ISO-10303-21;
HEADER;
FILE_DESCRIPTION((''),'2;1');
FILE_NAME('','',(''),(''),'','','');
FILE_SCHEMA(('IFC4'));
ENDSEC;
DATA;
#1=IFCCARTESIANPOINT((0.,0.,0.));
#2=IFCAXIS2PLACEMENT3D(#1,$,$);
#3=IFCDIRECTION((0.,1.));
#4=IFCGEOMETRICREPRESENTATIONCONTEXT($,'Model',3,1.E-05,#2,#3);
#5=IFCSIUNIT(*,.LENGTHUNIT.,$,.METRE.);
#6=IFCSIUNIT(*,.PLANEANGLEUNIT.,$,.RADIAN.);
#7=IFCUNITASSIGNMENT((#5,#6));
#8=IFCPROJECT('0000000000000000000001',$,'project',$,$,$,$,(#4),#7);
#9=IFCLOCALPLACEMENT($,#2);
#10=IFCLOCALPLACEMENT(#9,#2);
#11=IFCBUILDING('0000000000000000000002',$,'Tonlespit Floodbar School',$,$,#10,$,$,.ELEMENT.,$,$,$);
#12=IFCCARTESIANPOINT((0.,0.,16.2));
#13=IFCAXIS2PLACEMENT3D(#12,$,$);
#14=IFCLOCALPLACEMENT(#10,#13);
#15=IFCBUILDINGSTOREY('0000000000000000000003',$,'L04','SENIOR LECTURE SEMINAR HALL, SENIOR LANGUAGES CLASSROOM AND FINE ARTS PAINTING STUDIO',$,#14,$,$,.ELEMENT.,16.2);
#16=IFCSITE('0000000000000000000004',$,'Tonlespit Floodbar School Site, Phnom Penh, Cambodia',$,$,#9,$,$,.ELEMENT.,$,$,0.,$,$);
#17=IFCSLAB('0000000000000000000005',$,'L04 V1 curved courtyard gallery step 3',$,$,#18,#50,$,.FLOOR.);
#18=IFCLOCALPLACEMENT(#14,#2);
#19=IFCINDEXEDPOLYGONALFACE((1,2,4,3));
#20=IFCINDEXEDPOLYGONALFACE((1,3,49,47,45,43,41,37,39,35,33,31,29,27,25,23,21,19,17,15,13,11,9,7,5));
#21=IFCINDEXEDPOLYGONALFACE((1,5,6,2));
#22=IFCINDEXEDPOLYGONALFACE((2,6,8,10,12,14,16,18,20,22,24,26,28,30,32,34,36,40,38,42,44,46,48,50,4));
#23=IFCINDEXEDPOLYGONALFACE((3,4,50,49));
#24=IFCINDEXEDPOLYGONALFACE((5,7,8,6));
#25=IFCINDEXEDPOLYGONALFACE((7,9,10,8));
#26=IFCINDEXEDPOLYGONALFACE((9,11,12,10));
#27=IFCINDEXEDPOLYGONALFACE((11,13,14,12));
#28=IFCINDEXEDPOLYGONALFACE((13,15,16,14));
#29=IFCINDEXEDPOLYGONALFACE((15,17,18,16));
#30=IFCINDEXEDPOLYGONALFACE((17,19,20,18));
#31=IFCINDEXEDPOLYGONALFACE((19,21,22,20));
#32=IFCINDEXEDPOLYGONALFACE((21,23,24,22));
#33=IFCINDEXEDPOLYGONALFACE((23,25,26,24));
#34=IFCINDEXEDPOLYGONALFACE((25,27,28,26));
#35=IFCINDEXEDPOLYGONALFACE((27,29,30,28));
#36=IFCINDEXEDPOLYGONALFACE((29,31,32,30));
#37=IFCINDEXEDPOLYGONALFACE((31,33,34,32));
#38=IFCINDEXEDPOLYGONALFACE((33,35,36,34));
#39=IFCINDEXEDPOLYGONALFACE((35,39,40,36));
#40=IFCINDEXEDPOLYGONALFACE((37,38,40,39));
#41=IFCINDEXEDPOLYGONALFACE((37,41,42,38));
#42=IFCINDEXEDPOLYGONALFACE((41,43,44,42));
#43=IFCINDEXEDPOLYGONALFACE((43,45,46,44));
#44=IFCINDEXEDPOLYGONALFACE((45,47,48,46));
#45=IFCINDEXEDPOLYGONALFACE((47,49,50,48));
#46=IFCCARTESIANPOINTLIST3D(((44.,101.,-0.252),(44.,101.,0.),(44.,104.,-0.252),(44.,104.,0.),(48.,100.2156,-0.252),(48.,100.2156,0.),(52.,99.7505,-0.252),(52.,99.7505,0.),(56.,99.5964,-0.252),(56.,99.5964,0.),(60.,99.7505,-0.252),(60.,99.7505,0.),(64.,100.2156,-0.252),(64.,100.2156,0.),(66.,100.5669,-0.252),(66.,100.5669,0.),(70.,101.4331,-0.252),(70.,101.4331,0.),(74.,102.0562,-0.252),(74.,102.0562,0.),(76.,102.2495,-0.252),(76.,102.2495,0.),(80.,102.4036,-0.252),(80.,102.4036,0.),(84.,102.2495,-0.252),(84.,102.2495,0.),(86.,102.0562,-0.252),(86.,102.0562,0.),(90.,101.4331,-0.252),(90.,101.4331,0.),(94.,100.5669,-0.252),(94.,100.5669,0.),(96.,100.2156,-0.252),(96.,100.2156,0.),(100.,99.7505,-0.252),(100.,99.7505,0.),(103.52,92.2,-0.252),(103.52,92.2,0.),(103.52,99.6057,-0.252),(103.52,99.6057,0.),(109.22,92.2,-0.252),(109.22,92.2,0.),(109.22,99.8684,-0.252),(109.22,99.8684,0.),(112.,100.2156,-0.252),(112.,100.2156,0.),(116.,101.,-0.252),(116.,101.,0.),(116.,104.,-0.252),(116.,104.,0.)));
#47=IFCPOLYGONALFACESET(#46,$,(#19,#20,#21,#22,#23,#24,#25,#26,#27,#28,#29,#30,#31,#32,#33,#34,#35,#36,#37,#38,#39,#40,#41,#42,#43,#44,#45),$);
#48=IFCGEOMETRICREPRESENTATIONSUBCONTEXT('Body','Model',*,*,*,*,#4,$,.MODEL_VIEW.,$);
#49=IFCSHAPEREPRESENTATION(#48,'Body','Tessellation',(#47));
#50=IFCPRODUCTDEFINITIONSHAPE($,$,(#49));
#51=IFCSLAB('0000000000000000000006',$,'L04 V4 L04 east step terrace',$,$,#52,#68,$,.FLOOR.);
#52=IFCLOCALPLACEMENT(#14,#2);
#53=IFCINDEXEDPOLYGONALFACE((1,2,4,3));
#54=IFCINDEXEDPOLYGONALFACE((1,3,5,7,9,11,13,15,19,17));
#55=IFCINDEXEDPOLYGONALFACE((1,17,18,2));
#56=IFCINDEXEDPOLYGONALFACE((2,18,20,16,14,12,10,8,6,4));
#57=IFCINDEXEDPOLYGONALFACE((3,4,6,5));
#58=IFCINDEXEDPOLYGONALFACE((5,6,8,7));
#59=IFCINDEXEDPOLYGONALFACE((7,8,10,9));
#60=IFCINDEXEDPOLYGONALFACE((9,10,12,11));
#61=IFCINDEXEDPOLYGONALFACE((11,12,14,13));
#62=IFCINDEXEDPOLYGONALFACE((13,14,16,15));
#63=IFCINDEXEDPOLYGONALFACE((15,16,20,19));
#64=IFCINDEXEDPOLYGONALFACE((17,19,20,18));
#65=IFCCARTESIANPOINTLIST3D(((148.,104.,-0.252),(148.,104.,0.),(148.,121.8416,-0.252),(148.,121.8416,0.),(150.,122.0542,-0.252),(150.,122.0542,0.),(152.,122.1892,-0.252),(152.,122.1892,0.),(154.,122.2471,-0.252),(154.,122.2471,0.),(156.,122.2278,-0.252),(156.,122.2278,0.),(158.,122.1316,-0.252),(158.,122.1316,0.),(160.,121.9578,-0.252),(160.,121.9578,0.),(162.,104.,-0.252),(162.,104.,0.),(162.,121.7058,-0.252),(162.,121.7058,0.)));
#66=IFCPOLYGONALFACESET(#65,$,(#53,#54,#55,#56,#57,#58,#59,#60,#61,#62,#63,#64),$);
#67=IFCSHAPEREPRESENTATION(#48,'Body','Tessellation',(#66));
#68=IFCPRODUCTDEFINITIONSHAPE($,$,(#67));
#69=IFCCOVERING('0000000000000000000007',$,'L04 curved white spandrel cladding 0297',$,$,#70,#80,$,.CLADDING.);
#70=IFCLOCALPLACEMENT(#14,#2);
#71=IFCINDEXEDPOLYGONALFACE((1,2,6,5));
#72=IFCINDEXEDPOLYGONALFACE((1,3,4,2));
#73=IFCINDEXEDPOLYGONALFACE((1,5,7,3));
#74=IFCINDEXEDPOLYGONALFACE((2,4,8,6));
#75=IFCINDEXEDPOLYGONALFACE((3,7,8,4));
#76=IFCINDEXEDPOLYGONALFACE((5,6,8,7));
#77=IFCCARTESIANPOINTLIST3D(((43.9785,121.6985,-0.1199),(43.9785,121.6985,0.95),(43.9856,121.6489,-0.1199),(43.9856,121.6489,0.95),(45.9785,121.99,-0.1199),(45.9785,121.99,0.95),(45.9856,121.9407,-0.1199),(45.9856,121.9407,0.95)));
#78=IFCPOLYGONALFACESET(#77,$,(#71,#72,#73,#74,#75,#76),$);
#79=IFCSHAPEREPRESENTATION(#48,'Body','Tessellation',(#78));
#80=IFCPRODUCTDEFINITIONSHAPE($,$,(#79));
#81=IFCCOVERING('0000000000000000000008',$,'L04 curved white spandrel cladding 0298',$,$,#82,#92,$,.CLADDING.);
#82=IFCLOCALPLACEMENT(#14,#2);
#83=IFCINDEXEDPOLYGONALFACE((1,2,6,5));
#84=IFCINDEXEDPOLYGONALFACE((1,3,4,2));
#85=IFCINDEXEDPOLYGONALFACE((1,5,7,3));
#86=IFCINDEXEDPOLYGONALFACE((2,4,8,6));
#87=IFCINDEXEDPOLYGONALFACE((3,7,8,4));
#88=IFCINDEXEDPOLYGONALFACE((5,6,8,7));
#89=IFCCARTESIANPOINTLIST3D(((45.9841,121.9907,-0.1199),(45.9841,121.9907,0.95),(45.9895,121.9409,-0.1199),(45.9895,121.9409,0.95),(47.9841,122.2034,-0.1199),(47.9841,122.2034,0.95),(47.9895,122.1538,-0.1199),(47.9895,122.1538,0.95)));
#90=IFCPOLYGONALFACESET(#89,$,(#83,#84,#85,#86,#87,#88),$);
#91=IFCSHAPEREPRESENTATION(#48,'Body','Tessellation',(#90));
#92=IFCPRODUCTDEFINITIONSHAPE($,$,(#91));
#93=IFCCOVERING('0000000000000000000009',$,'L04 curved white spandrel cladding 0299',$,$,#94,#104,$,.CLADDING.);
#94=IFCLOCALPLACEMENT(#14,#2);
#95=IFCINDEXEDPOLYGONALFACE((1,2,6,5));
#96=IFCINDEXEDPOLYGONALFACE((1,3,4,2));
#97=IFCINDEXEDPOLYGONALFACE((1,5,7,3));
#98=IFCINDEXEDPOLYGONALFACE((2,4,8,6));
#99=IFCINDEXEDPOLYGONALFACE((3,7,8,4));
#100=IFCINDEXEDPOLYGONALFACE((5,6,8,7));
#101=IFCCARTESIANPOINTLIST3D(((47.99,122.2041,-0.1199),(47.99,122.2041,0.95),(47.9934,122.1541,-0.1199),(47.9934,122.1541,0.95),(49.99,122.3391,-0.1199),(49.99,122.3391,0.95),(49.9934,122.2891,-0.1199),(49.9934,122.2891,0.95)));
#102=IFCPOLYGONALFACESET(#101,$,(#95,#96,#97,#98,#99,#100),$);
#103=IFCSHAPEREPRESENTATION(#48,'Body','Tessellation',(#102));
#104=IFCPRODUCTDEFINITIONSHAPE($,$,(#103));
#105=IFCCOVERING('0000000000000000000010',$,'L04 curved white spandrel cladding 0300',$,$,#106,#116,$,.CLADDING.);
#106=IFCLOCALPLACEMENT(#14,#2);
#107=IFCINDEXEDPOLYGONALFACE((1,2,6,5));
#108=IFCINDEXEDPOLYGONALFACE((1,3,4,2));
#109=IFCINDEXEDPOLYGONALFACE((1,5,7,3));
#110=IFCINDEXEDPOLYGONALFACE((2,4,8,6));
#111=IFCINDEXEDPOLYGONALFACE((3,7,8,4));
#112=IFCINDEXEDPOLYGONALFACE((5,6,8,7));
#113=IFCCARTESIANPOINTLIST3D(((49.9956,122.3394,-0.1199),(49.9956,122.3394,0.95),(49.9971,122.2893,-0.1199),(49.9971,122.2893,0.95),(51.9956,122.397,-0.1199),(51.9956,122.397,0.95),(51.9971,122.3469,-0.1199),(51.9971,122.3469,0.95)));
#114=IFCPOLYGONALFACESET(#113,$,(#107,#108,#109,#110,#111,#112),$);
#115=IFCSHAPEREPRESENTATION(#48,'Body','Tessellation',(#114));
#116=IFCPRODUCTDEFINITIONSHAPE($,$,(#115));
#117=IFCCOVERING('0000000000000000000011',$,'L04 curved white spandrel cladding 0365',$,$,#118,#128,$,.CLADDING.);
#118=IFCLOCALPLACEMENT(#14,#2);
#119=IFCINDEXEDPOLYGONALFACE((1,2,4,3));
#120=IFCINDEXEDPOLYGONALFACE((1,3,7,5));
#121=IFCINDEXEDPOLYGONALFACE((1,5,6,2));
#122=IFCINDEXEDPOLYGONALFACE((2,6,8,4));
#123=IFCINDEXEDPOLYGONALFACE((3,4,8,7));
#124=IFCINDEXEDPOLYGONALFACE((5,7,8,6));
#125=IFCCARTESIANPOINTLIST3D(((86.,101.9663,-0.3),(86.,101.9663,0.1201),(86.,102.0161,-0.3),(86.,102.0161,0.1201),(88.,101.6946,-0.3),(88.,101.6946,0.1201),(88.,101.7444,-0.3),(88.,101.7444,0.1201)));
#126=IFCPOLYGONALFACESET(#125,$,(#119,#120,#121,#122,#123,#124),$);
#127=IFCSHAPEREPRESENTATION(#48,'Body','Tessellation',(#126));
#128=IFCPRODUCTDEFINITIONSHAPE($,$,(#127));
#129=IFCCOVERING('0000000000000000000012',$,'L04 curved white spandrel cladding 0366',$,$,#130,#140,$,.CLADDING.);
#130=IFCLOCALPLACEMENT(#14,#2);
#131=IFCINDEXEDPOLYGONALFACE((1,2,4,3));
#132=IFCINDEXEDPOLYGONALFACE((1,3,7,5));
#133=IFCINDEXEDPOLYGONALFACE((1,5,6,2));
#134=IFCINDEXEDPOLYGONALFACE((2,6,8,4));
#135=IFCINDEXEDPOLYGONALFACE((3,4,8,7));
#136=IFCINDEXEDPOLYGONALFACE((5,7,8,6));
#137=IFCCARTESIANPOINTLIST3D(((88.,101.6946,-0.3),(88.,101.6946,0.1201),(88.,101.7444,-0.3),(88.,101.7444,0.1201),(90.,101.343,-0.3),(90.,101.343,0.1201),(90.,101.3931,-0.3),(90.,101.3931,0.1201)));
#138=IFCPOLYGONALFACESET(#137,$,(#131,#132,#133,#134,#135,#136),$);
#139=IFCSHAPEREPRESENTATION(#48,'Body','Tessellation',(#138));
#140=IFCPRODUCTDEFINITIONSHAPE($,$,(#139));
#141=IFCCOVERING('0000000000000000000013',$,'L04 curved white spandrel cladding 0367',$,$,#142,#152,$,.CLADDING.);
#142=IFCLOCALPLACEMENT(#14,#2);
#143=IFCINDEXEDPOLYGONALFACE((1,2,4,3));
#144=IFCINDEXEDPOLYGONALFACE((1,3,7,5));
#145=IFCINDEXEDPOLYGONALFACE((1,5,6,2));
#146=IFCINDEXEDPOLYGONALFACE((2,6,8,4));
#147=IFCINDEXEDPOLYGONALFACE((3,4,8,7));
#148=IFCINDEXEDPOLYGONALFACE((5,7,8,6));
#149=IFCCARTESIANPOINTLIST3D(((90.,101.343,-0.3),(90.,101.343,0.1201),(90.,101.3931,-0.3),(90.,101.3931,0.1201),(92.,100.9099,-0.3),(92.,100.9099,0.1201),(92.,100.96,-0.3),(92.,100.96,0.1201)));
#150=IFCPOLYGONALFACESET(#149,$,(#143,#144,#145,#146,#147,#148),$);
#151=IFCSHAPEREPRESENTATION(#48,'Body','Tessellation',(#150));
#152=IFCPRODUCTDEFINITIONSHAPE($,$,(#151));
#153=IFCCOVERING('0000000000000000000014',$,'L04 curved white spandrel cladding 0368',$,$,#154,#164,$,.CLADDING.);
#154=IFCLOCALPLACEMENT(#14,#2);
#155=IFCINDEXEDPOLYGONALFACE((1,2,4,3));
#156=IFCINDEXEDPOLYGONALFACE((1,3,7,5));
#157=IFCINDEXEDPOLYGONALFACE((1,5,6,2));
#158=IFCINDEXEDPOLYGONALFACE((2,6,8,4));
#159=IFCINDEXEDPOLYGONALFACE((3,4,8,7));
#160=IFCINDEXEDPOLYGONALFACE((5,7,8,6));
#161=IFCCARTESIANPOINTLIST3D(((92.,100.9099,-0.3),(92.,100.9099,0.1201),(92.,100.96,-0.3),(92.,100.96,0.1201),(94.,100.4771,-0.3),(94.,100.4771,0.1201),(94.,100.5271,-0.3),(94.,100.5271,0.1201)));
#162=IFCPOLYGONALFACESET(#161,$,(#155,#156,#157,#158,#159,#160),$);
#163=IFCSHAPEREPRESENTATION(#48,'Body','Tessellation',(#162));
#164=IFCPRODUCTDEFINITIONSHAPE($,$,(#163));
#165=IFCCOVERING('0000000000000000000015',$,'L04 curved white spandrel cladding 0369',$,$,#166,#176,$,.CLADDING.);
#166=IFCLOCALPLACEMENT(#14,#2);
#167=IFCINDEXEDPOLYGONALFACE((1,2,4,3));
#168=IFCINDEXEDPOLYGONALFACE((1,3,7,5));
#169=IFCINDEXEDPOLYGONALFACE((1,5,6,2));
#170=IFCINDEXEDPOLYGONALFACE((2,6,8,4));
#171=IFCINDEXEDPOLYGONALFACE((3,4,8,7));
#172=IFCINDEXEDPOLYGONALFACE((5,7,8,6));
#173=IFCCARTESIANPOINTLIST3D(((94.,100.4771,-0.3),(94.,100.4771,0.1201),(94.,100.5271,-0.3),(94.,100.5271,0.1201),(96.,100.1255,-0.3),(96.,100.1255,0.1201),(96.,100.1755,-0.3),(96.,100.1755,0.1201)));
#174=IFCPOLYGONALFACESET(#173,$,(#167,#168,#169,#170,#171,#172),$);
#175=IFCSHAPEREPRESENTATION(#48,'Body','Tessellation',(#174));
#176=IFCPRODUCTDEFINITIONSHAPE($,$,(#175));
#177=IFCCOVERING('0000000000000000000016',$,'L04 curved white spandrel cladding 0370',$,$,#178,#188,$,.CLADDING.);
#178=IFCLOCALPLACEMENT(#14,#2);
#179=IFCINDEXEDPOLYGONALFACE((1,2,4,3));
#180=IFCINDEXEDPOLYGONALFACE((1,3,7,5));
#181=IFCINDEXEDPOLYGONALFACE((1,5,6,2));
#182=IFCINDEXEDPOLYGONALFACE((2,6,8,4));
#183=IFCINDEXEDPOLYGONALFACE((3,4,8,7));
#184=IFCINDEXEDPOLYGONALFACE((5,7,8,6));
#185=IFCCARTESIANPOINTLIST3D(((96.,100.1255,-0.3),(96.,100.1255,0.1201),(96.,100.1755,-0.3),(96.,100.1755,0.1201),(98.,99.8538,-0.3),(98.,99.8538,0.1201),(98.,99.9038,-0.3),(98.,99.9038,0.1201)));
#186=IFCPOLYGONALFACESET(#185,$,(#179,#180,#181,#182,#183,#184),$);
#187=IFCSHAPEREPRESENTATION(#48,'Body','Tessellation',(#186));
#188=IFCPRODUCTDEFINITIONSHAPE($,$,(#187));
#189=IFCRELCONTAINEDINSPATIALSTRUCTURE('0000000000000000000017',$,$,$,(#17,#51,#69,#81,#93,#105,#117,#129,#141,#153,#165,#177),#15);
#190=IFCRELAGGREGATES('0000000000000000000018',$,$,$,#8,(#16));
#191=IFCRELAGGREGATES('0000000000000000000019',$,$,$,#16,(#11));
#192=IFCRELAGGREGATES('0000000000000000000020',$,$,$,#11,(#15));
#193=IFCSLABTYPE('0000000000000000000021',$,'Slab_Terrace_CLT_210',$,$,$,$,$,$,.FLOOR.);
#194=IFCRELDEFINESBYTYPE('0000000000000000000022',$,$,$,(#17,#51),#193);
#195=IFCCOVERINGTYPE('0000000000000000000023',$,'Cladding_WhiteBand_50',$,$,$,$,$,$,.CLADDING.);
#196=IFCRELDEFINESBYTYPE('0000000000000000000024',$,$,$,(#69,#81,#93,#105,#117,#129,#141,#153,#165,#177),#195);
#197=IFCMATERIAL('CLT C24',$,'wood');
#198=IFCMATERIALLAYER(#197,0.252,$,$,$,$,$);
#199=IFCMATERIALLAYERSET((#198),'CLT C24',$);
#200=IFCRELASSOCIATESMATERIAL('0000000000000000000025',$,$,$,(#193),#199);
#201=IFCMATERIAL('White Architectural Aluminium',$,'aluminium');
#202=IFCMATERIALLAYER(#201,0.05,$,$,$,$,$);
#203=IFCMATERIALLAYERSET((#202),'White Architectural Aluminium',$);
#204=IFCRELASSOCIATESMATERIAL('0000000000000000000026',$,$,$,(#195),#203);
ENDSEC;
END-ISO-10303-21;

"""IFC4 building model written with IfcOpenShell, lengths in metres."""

from ifc_helpers import new_model, si_unit, direction, frame, origin, place, context, subcontext, project, spatial, polyline, outline, extrude, material, layer, layer_set, type_object, element, save


model = new_model("IFC4")

# Units and contexts
model_context = context("Model", 3, precision=1e-05, world=origin(), true_north=direction((0.0, 1.0)))
body_context = subcontext(model_context, "Body", "Model", "MODEL_VIEW")
ifc_project = project(units=[si_unit("LENGTHUNIT", "METRE"), si_unit("PLANEANGLEUNIT", "RADIAN")], contexts=[model_context])

# Site, building, storey
site_placement = place(None, origin())
site = spatial("IfcSite", under=ifc_project, at=site_placement, Name="Tonlespit Floodbar School Site, Phnom Penh, Cambodia", CompositionType="ELEMENT", RefElevation=0.0)
building_placement = place(site_placement, origin())
building = spatial("IfcBuilding", under=site, at=building_placement, Name="Tonlespit Floodbar School", CompositionType="ELEMENT")
storey_placement = place(building_placement, frame((0.0, 0.0, 16.2)))
storey = spatial("IfcBuildingStorey", under=building, at=storey_placement, Name="L04", Description="SENIOR LECTURE SEMINAR HALL, SENIOR LANGUAGES CLASSROOM AND FINE ARTS PAINTING STUDIO", CompositionType="ELEMENT", Elevation=16.2)

# Slabs
ifc_material_1 = material(Name="CLT C24", Category="wood")
ifc_layer_1 = layer(ifc_material_1, 0.252)
ifc_layer_set_1 = layer_set([ifc_layer_1], Name="CLT C24")
slab_type_1 = type_object("IfcSlabType", Name="Slab_Terrace_CLT_210", PredefinedType="FLOOR", material=ifc_layer_set_1)
slab_1_placement = place(storey_placement, frame((0.0, 0.0, -0.252)))
element("IfcSlab", 1, at=slab_1_placement, inside=storey, type_object=slab_type_1, Name="L04 V1 curved courtyard gallery step 3", PredefinedType="FLOOR", context=body_context, shape_type="SweptSolid", body=[
    extrude(outline(polyline([(109.22, 92.2), (103.52, 92.2), (103.52, 99.6057), (100.0, 99.7505), (96.0, 100.2156), (94.0, 100.5669), (90.0, 101.4331), (86.0, 102.0562), (84.0, 102.2495), (80.0, 102.4036), (76.0, 102.2495), (74.0, 102.0562), (70.0, 101.4331), (66.0, 100.5669), (64.0, 100.2156), (60.0, 99.7505), (56.0, 99.5964), (52.0, 99.7505), (48.0, 100.2156), (44.0, 101.0), (44.0, 104.0), (116.0, 104.0), (116.0, 101.0), (112.0, 100.2156), (109.22, 99.8684), (109.22, 92.2)])), origin(), (0.0, 0.0, 1.0), 0.252),
])
slab_2_placement = place(storey_placement, frame((0.0, 0.0, -0.252)))
element("IfcSlab", 2, at=slab_2_placement, inside=storey, type_object=slab_type_1, Name="L04 V4 L04 east step terrace", PredefinedType="FLOOR", context=body_context, shape_type="SweptSolid", body=[
    extrude(outline(polyline([(148.0, 104.0), (162.0, 104.0), (162.0, 121.7058), (160.0, 121.9578), (158.0, 122.1316), (156.0, 122.2278), (154.0, 122.2471), (152.0, 122.1892), (150.0, 122.0542), (148.0, 121.8416), (148.0, 104.0)])), origin(), (0.0, 0.0, 1.0), 0.252),
])

# Coverings
ifc_material_2 = material(Name="White Architectural Aluminium", Category="aluminium")
ifc_layer_2 = layer(ifc_material_2, 0.05)
ifc_layer_set_2 = layer_set([ifc_layer_2], Name="White Architectural Aluminium")
covering_type = type_object("IfcCoveringType", Name="Cladding_WhiteBand_50", PredefinedType="CLADDING", material=ifc_layer_set_2)
covering_1_placement = place(storey_placement, frame((0.0, 0.0, -0.1199)))
element("IfcCovering", 3, at=covering_1_placement, inside=storey, type_object=covering_type, Name="L04 curved white spandrel cladding 0297", PredefinedType="CLADDING", context=body_context, shape_type="SweptSolid", body=[
    extrude(outline(polyline([(43.9856, 121.6489), (45.9856, 121.9407), (45.9785, 121.99), (43.9785, 121.6985), (43.9856, 121.6489)])), origin(), (0.0, 0.0, 1.0), 1.0698),
])
covering_2_placement = place(storey_placement, frame((0.0, 0.0, -0.1199)))
element("IfcCovering", 4, at=covering_2_placement, inside=storey, type_object=covering_type, Name="L04 curved white spandrel cladding 0298", PredefinedType="CLADDING", context=body_context, shape_type="SweptSolid", body=[
    extrude(outline(polyline([(45.9895, 121.9409), (47.9895, 122.1538), (47.9841, 122.2034), (45.9841, 121.9907), (45.9895, 121.9409)])), origin(), (0.0, 0.0, 1.0), 1.0698),
])
covering_3_placement = place(storey_placement, frame((0.0, 0.0, -0.1199)))
element("IfcCovering", 5, at=covering_3_placement, inside=storey, type_object=covering_type, Name="L04 curved white spandrel cladding 0299", PredefinedType="CLADDING", context=body_context, shape_type="SweptSolid", body=[
    extrude(outline(polyline([(47.9934, 122.1541), (49.9934, 122.2891), (49.99, 122.3391), (47.99, 122.2041), (47.9934, 122.1541)])), origin(), (0.0, 0.0, 1.0), 1.0698),
])
covering_4_placement = place(storey_placement, frame((0.0, 0.0, -0.1199)))
element("IfcCovering", 6, at=covering_4_placement, inside=storey, type_object=covering_type, Name="L04 curved white spandrel cladding 0300", PredefinedType="CLADDING", context=body_context, shape_type="SweptSolid", body=[
    extrude(outline(polyline([(49.9971, 122.2893), (51.9971, 122.3469), (51.9956, 122.397), (49.9956, 122.3394), (49.9971, 122.2893)])), origin(), (0.0, 0.0, 1.0), 1.0698),
])
covering_5_placement = place(storey_placement, frame((0.0, 0.0, -0.3)))
element("IfcCovering", 7, at=covering_5_placement, inside=storey, type_object=covering_type, Name="L04 curved white spandrel cladding 0365", PredefinedType="CLADDING", context=body_context, shape_type="SweptSolid", body=[
    extrude(outline(polyline([(86.0, 102.0161), (88.0, 101.7444), (88.0, 101.6946), (86.0, 101.9663), (86.0, 102.0161)])), origin(), (0.0, 0.0, 1.0), 0.4202),
])
covering_6_placement = place(storey_placement, frame((0.0, 0.0, -0.3)))
element("IfcCovering", 8, at=covering_6_placement, inside=storey, type_object=covering_type, Name="L04 curved white spandrel cladding 0366", PredefinedType="CLADDING", context=body_context, shape_type="SweptSolid", body=[
    extrude(outline(polyline([(88.0, 101.7444), (90.0, 101.3931), (90.0, 101.343), (88.0, 101.6946), (88.0, 101.7444)])), origin(), (0.0, 0.0, 1.0), 0.4202),
])
covering_7_placement = place(storey_placement, frame((0.0, 0.0, -0.3)))
element("IfcCovering", 9, at=covering_7_placement, inside=storey, type_object=covering_type, Name="L04 curved white spandrel cladding 0367", PredefinedType="CLADDING", context=body_context, shape_type="SweptSolid", body=[
    extrude(outline(polyline([(90.0, 101.3931), (92.0, 100.96), (92.0, 100.9099), (90.0, 101.343), (90.0, 101.3931)])), origin(), (0.0, 0.0, 1.0), 0.4202),
])
covering_8_placement = place(storey_placement, frame((0.0, 0.0, -0.3)))
element("IfcCovering", 10, at=covering_8_placement, inside=storey, type_object=covering_type, Name="L04 curved white spandrel cladding 0368", PredefinedType="CLADDING", context=body_context, shape_type="SweptSolid", body=[
    extrude(outline(polyline([(92.0, 100.96), (94.0, 100.5271), (94.0, 100.4771), (92.0, 100.9099), (92.0, 100.96)])), origin(), (0.0, 0.0, 1.0), 0.4202),
])
covering_9_placement = place(storey_placement, frame((0.0, 0.0, -0.3)))
element("IfcCovering", 11, at=covering_9_placement, inside=storey, type_object=covering_type, Name="L04 curved white spandrel cladding 0369", PredefinedType="CLADDING", context=body_context, shape_type="SweptSolid", body=[
    extrude(outline(polyline([(94.0, 100.5271), (96.0, 100.1755), (96.0, 100.1255), (94.0, 100.4771), (94.0, 100.5271)])), origin(), (0.0, 0.0, 1.0), 0.4202),
])
covering_10_placement = place(storey_placement, frame((0.0, 0.0, -0.3)))
element("IfcCovering", 12, at=covering_10_placement, inside=storey, type_object=covering_type, Name="L04 curved white spandrel cladding 0370", PredefinedType="CLADDING", context=body_context, shape_type="SweptSolid", body=[
    extrude(outline(polyline([(96.0, 100.1755), (98.0, 99.9038), (98.0, 99.8538), (96.0, 100.1255), (96.0, 100.1755)])), origin(), (0.0, 0.0, 1.0), 0.4202),
])

save(model, "model.ifc")
